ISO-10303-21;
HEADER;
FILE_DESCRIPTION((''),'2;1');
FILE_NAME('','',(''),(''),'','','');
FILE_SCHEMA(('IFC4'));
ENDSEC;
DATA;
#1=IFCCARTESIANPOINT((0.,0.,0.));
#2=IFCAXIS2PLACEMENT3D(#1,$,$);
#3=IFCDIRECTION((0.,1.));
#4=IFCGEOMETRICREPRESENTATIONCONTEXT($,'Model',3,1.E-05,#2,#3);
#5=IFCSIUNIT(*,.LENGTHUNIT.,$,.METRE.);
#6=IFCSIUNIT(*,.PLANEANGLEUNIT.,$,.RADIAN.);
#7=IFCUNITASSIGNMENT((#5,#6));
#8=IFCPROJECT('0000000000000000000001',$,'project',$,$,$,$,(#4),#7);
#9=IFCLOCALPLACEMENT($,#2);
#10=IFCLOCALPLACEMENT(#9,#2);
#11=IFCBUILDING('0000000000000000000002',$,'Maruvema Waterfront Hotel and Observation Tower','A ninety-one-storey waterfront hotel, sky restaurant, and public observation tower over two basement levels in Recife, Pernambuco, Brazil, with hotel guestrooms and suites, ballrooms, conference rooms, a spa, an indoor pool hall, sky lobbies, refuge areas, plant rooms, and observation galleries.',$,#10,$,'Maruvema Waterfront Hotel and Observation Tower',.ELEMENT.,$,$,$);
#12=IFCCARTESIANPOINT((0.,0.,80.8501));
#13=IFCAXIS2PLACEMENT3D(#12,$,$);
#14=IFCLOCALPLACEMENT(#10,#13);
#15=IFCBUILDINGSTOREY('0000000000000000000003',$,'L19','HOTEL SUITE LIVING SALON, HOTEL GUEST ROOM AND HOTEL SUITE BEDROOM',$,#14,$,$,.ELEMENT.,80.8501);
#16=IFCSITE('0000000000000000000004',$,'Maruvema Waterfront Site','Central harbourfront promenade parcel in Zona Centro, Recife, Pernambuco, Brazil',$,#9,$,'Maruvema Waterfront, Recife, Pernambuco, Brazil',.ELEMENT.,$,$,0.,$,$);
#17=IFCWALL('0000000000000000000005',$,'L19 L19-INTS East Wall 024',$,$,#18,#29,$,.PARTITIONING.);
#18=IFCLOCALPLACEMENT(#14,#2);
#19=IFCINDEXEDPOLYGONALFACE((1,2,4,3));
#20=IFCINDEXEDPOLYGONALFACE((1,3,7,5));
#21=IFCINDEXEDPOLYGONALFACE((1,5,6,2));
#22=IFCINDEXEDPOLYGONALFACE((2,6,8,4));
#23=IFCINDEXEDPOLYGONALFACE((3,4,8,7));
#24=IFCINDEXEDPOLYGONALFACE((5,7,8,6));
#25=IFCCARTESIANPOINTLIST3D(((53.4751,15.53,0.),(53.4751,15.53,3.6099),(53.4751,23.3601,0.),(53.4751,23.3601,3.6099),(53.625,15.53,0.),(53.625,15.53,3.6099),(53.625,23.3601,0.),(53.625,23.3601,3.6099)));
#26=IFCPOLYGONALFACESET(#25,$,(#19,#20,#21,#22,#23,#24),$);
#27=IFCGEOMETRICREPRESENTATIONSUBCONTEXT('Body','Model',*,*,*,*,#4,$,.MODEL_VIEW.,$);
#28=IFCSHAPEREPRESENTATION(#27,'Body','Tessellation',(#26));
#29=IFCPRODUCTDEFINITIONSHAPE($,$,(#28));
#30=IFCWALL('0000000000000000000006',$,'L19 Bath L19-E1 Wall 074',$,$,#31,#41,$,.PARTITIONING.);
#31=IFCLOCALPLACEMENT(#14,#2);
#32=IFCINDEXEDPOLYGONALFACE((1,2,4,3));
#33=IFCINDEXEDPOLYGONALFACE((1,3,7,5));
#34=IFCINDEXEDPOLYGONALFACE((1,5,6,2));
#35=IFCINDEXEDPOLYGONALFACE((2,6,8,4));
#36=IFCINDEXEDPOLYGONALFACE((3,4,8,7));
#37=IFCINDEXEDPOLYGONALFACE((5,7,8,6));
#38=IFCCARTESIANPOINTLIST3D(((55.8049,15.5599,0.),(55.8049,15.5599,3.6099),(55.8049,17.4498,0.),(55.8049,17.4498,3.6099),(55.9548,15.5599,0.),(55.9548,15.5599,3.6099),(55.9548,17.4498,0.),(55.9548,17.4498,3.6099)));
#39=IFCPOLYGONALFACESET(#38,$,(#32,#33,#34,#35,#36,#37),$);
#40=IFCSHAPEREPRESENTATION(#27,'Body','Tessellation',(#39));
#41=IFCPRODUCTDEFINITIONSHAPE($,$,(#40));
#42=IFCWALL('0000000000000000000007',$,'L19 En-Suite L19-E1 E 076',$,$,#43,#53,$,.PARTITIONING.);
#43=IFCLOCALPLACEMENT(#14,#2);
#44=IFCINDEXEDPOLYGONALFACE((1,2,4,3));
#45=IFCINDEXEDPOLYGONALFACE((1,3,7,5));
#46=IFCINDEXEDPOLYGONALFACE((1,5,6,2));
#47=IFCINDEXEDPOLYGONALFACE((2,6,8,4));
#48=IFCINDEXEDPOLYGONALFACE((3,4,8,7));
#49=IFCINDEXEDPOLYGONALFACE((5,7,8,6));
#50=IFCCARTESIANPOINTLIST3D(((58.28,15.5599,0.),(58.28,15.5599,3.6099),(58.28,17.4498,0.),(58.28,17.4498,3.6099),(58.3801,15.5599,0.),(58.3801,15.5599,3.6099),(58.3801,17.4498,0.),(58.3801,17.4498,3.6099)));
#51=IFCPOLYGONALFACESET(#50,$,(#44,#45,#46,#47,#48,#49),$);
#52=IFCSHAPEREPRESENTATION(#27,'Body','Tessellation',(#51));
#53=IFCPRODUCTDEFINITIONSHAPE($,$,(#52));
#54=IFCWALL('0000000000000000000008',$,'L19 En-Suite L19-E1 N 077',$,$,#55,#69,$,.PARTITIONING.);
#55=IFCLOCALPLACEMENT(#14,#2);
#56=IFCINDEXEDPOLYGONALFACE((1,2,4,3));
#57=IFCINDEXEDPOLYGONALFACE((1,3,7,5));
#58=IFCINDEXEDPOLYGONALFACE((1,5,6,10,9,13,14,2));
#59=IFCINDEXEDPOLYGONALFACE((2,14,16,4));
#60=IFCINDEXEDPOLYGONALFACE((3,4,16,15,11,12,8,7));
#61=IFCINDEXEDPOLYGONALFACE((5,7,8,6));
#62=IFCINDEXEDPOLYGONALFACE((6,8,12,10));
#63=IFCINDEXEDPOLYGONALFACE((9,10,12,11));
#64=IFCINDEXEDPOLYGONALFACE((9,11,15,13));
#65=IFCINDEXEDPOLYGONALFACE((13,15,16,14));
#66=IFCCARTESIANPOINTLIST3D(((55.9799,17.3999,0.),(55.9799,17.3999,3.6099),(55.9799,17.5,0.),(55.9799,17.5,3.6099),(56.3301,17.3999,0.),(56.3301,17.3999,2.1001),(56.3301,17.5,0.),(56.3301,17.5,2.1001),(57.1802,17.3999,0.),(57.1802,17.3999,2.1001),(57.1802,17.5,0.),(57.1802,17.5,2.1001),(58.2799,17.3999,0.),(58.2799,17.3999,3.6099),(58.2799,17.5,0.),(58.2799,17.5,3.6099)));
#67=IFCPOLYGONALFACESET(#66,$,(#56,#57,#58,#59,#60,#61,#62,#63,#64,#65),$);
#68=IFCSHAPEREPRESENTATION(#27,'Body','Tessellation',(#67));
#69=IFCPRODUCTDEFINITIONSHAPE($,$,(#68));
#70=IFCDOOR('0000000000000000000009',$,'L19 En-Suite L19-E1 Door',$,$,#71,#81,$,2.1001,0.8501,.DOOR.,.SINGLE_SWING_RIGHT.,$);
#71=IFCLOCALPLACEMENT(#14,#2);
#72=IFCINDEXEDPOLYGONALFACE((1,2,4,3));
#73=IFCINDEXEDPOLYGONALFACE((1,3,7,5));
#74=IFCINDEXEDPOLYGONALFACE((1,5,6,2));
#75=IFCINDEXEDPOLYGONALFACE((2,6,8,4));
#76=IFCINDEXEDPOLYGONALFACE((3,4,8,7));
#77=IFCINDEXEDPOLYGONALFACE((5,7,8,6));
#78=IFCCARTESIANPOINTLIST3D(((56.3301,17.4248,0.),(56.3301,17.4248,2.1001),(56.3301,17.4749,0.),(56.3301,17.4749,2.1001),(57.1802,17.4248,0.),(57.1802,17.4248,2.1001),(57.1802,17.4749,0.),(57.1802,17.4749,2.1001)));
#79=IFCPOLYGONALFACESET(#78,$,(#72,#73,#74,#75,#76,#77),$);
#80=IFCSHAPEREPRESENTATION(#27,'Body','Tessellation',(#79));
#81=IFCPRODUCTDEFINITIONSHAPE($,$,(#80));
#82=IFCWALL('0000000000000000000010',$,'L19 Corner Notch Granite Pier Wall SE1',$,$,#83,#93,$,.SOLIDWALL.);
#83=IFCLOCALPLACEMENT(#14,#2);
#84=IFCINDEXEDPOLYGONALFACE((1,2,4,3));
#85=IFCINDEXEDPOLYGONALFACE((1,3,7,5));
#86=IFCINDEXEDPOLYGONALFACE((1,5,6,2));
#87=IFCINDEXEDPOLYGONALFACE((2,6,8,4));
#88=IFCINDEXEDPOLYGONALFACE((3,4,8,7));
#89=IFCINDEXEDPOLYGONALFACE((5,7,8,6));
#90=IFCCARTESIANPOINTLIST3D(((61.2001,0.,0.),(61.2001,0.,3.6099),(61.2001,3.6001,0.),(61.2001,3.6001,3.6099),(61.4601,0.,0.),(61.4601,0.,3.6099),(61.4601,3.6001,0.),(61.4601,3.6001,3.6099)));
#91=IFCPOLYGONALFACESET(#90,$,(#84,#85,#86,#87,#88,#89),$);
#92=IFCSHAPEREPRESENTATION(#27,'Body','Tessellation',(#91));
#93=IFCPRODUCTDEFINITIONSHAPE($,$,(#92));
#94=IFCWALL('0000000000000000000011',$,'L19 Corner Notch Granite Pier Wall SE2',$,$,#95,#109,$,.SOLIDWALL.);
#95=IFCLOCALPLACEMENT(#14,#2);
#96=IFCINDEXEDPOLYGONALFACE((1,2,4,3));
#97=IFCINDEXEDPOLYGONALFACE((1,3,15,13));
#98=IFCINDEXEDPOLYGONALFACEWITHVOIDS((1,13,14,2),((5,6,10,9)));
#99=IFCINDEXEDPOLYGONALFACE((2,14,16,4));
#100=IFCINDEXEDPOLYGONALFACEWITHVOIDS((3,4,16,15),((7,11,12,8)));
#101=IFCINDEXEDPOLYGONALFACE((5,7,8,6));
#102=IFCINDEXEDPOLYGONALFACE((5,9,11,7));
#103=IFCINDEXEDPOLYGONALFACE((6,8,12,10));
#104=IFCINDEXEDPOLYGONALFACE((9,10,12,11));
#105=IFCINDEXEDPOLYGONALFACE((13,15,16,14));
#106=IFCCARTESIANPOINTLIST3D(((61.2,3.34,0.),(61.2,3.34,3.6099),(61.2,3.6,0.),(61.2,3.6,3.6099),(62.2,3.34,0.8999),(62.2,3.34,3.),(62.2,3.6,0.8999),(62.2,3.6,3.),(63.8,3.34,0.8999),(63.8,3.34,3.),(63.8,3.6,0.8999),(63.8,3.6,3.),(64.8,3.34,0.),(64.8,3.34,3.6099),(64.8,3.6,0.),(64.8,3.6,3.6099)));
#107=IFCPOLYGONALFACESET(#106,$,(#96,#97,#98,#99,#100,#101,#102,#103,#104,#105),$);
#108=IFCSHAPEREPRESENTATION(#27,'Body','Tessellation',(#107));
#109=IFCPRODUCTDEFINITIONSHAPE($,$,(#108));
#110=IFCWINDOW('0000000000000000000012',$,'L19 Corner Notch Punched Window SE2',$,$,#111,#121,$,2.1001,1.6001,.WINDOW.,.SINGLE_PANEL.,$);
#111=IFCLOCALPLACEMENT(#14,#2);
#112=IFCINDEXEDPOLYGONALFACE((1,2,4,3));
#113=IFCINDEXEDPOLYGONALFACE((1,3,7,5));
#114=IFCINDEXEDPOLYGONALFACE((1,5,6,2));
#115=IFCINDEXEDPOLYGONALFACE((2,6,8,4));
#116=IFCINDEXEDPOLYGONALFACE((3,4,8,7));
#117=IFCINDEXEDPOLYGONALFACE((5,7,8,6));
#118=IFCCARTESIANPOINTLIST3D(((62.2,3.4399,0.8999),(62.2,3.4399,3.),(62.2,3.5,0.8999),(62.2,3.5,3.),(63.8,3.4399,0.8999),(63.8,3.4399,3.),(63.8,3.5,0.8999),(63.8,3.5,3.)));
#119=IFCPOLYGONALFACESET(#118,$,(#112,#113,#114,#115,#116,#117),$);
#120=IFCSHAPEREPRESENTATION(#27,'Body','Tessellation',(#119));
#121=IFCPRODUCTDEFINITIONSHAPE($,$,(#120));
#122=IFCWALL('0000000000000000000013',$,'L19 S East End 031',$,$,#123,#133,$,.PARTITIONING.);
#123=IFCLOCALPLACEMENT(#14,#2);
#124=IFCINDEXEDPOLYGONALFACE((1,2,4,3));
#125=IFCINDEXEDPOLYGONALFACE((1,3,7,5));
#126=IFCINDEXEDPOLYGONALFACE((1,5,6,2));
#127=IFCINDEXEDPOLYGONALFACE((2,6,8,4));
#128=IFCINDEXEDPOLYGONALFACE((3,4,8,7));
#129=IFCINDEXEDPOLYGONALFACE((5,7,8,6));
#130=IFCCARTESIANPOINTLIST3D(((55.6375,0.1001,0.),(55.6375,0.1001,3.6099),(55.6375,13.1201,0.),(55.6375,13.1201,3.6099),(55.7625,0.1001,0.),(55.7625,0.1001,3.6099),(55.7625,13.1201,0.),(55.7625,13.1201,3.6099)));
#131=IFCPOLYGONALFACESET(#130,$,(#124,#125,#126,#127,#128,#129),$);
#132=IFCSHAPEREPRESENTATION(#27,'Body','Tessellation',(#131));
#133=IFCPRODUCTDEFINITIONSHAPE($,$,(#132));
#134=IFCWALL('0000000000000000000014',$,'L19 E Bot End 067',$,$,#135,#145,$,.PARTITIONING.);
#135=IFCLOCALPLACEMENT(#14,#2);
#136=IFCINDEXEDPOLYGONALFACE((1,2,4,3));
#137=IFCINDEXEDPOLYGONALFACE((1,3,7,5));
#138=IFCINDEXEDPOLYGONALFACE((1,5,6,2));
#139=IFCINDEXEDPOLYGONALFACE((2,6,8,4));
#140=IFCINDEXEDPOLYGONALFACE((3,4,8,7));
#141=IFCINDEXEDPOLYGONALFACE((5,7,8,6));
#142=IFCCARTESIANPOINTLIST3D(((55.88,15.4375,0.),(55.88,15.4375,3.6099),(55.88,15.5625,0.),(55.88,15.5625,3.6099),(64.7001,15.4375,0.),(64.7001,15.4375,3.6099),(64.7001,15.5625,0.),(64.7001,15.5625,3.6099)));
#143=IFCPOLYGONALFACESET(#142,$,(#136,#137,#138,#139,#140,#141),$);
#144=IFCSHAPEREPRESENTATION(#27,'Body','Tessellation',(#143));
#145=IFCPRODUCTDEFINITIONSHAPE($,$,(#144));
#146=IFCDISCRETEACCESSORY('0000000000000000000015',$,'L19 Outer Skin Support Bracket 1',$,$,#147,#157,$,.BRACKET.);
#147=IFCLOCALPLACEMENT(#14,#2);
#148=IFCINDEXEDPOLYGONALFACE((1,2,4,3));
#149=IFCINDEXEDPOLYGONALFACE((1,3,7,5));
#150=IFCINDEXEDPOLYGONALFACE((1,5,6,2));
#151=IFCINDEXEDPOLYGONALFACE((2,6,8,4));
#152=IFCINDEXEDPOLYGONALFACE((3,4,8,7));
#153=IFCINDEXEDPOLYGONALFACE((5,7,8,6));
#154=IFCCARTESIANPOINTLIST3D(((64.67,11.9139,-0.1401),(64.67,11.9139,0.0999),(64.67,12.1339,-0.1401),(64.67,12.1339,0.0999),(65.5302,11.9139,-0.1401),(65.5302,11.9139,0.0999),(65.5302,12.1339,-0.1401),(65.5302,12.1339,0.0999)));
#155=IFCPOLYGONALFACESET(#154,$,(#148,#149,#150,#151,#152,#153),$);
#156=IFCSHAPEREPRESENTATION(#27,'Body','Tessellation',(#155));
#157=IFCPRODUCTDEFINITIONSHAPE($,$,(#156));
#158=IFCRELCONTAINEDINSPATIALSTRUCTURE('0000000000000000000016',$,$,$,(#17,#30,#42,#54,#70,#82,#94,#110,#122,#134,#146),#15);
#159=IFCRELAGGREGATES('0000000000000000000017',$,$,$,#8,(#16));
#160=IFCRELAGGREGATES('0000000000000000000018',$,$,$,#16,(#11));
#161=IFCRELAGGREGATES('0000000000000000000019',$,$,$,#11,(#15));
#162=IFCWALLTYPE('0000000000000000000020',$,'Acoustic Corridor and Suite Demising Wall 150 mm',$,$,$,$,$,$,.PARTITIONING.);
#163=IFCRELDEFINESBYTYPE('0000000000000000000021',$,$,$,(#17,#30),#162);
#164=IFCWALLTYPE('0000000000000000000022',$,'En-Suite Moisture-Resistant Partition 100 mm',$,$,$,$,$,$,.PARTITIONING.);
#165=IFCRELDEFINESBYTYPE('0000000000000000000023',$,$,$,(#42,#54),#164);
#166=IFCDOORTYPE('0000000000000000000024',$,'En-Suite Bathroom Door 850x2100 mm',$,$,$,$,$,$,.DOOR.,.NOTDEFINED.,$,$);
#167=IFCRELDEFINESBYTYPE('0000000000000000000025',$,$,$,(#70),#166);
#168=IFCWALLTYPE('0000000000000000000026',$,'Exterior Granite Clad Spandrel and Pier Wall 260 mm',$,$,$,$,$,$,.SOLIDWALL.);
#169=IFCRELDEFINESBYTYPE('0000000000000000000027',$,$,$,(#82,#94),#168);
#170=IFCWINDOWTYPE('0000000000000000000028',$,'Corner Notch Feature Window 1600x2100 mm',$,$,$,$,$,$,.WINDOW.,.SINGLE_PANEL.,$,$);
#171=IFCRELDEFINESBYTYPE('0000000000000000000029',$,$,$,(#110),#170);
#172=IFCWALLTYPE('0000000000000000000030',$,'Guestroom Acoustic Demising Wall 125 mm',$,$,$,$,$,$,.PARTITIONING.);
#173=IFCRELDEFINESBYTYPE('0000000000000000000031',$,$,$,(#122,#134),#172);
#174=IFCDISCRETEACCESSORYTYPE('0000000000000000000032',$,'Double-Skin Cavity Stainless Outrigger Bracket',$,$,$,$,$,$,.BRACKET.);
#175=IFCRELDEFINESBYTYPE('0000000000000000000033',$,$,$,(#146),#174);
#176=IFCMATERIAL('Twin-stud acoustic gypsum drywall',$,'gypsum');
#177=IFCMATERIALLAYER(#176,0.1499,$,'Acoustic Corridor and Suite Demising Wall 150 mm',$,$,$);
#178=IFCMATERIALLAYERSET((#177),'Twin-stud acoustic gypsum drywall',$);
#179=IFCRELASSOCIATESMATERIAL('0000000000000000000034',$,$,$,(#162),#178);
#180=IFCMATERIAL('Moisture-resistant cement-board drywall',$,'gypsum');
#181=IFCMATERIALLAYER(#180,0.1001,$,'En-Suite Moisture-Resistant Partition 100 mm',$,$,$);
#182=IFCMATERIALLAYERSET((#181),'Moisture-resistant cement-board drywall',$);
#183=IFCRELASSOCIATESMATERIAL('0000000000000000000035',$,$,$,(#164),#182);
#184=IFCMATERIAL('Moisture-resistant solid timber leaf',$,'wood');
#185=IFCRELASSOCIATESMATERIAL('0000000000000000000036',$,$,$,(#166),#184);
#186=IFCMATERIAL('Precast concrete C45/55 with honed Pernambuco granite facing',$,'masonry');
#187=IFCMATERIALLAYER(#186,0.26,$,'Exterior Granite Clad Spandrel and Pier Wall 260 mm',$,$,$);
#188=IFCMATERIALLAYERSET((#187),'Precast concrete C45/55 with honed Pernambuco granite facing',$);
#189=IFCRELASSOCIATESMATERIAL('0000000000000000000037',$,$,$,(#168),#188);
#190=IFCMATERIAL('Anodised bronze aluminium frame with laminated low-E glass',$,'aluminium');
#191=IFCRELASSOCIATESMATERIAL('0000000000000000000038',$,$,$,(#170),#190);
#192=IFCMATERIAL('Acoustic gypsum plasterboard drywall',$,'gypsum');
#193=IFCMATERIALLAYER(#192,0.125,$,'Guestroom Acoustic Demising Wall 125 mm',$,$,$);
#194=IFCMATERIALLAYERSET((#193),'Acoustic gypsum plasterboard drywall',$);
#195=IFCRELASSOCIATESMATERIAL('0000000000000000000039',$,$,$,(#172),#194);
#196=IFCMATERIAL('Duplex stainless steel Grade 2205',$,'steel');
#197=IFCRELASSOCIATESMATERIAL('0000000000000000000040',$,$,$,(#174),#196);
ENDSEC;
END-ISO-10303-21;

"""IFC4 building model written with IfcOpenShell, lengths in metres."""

from ifc_helpers import new_model, si_unit, direction, frame, frame_2d, origin, origin_2d, place, context, subcontext, project, spatial, rectangle, extrude, material, layer, layer_set, type_object, element, fill, save


model = new_model("IFC4")

# Units and contexts
model_context = context("Model", 3, precision=1e-05, world=origin(), true_north=direction((0.0, 1.0)))
body_context = subcontext(model_context, "Body", "Model", "MODEL_VIEW")
ifc_project = project(units=[si_unit("LENGTHUNIT", "METRE"), si_unit("PLANEANGLEUNIT", "RADIAN")], contexts=[model_context])

# Site, building, storey
site_placement = place(None, origin())
site = spatial("IfcSite", under=ifc_project, at=site_placement, Name="Maruvema Waterfront Site", Description="Central harbourfront promenade parcel in Zona Centro, Recife, Pernambuco, Brazil", LongName="Maruvema Waterfront, Recife, Pernambuco, Brazil", CompositionType="ELEMENT", RefElevation=0.0)
building_placement = place(site_placement, origin())
building = spatial("IfcBuilding", under=site, at=building_placement, Name="Maruvema Waterfront Hotel and Observation Tower", Description="A ninety-one-storey waterfront hotel, sky restaurant, and public observation tower over two basement levels in Recife, Pernambuco, Brazil, with hotel guestrooms and suites, ballrooms, conference rooms, a spa, an indoor pool hall, sky lobbies, refuge areas, plant rooms, and observation galleries.", LongName="Maruvema Waterfront Hotel and Observation Tower", CompositionType="ELEMENT")
storey_placement = place(building_placement, frame((0.0, 0.0, 80.8501)))
storey = spatial("IfcBuildingStorey", under=building, at=storey_placement, Name="L19", Description="HOTEL SUITE LIVING SALON, HOTEL GUEST ROOM AND HOTEL SUITE BEDROOM", CompositionType="ELEMENT", Elevation=80.8501)

# Walls
ifc_material_1 = material(Name="Twin-stud acoustic gypsum drywall", Category="gypsum")
ifc_layer_1 = layer(ifc_material_1, 0.1499, Name="Acoustic Corridor and Suite Demising Wall 150 mm")
ifc_layer_set_1 = layer_set([ifc_layer_1], Name="Twin-stud acoustic gypsum drywall")
wall_type_1 = type_object("IfcWallType", Name="Acoustic Corridor and Suite Demising Wall 150 mm", PredefinedType="PARTITIONING", material=ifc_layer_set_1)
wall_1_placement = place(storey_placement, frame((53.55, 15.53, 0.0), z_axis=(0.0, 0.0, 1.0), x_axis=(0.0, 1.0, 0.0)))
element("IfcWall", 1, at=wall_1_placement, inside=storey, type_object=wall_type_1, Name="L19 L19-INTS East Wall 024", PredefinedType="PARTITIONING", context=body_context, shape_type="SweptSolid", body=[
    extrude(rectangle(XDim=7.8301, YDim=0.1499, at=frame_2d((3.915, 0.0))), origin(), (0.0, 0.0, 1.0), 3.6099),
])
wall_2_placement = place(storey_placement, frame((55.8799, 15.5601, 0.0), z_axis=(0.0, 0.0, 1.0), x_axis=(0.0, 1.0, 0.0)))
element("IfcWall", 2, at=wall_2_placement, inside=storey, type_object=wall_type_1, Name="L19 Bath L19-E1 Wall 074", PredefinedType="PARTITIONING", context=body_context, shape_type="SweptSolid", body=[
    extrude(rectangle(XDim=1.8899, YDim=0.1499, at=frame_2d((0.9448, 0.0))), origin(), (0.0, 0.0, 1.0), 3.6099),
])

# Wall
ifc_material_2 = material(Name="Moisture-resistant cement-board drywall", Category="gypsum")
ifc_layer_2 = layer(ifc_material_2, 0.1001, Name="En-Suite Moisture-Resistant Partition 100 mm")
ifc_layer_set_2 = layer_set([ifc_layer_2], Name="Moisture-resistant cement-board drywall")
wall_type_2 = type_object("IfcWallType", Name="En-Suite Moisture-Resistant Partition 100 mm", PredefinedType="PARTITIONING", material=ifc_layer_set_2)
wall_3_placement = place(storey_placement, frame((58.3301, 15.5601, 0.0), z_axis=(0.0, 0.0, 1.0), x_axis=(0.0, 1.0, 0.0)))
element("IfcWall", 3, at=wall_3_placement, inside=storey, type_object=wall_type_2, Name="L19 En-Suite L19-E1 E 076", PredefinedType="PARTITIONING", context=body_context, shape_type="SweptSolid", body=[
    extrude(rectangle(XDim=1.8899, YDim=0.1001, at=frame_2d((0.9448, 0.0))), origin(), (0.0, 0.0, 1.0), 3.6099),
])

# Wall, opening, door
wall_4_placement = place(storey_placement, frame((55.98, 17.45, 0.0), z_axis=(0.0, 0.0, 1.0), x_axis=(1.0, 0.0, 0.0)))
wall_4 = element("IfcWall", 4, at=wall_4_placement, inside=storey, type_object=wall_type_2, Name="L19 En-Suite L19-E1 N 077", PredefinedType="PARTITIONING", context=body_context, shape_type="SweptSolid", body=[
    extrude(rectangle(XDim=2.3, YDim=0.1001, at=frame_2d((1.1499, 0.0))), origin(), (0.0, 0.0, 1.0), 3.6099),
])
opening_1_placement = place(wall_4_placement, frame((0.3501, 0.0, 0.0)))
opening_1 = element("IfcOpeningElement", 5, at=opening_1_placement, cuts=wall_4, PredefinedType="OPENING", context=body_context, shape_type="SweptSolid", body=[
    extrude(rectangle(XDim=0.8501, YDim=2.1001, at=frame_2d((0.425, 1.05))), frame((0.0, 0.0601, 0.0), z_axis=(0.0, -1.0, 0.0), x_axis=(1.0, 0.0, 0.0)), (0.0, 0.0, 1.0), 0.1201),
])
ifc_material_3 = material(Name="Moisture-resistant solid timber leaf", Category="wood")
door_type_1 = type_object("IfcDoorType", Name="En-Suite Bathroom Door 850x2100 mm", OperationType="NOTDEFINED", PredefinedType="DOOR", material=ifc_material_3)
door_1_placement = place(opening_1_placement, origin())
door_1 = element("IfcDoor", 6, at=door_1_placement, inside=storey, type_object=door_type_1, Name="L19 En-Suite L19-E1 Door", OperationType="SINGLE_SWING_RIGHT", OverallHeight=2.1001, OverallWidth=0.8501, PredefinedType="DOOR", context=body_context, shape_type="SweptSolid", body=[
    extrude(rectangle(XDim=0.8501, YDim=2.1001, at=frame_2d((0.425, 1.05))), frame((0.0, 0.0249, 0.0), z_axis=(0.0, -1.0, 0.0), x_axis=(1.0, 0.0, 0.0)), (0.0, 0.0, 1.0), 0.05),
])
fill(opening_1, door_1)

# Wall
ifc_material_4 = material(Name="Precast concrete C45/55 with honed Pernambuco granite facing", Category="masonry")
ifc_layer_3 = layer(ifc_material_4, 0.26, Name="Exterior Granite Clad Spandrel and Pier Wall 260 mm")
ifc_layer_set_3 = layer_set([ifc_layer_3], Name="Precast concrete C45/55 with honed Pernambuco granite facing")
wall_type_3 = type_object("IfcWallType", Name="Exterior Granite Clad Spandrel and Pier Wall 260 mm", PredefinedType="SOLIDWALL", material=ifc_layer_set_3)
wall_5_placement = place(storey_placement, frame((61.3301, 3.6001, 0.0), z_axis=(0.0, 0.0, 1.0), x_axis=(0.0, -1.0, 0.0)))
element("IfcWall", 7, at=wall_5_placement, inside=storey, type_object=wall_type_3, Name="L19 Corner Notch Granite Pier Wall SE1", PredefinedType="SOLIDWALL", context=body_context, shape_type="SweptSolid", body=[
    extrude(rectangle(XDim=3.6001, YDim=0.26, at=frame_2d((1.8, 0.0))), origin(), (0.0, 0.0, 1.0), 3.6099),
])

# Wall, opening, window
wall_6_placement = place(storey_placement, frame((64.8, 3.47, 0.0), z_axis=(0.0, 0.0, 1.0), x_axis=(-1.0, 0.0, 0.0)))
wall_6 = element("IfcWall", 8, at=wall_6_placement, inside=storey, type_object=wall_type_3, Name="L19 Corner Notch Granite Pier Wall SE2", PredefinedType="SOLIDWALL", context=body_context, shape_type="SweptSolid", body=[
    extrude(rectangle(XDim=3.6001, YDim=0.26, at=frame_2d((1.8, 0.0))), origin(), (0.0, 0.0, 1.0), 3.6099),
])
opening_2_placement = place(wall_6_placement, frame((1.0, 0.0, 0.8999)))
opening_2 = element("IfcOpeningElement", 9, at=opening_2_placement, cuts=wall_6, PredefinedType="OPENING", context=body_context, shape_type="SweptSolid", body=[
    extrude(rectangle(XDim=1.6001, YDim=2.1001, at=frame_2d((0.8, 1.05))), frame((0.0, 0.1401, 0.0), z_axis=(0.0, -1.0, 0.0), x_axis=(1.0, 0.0, 0.0)), (0.0, 0.0, 1.0), 0.28),
])
ifc_material_5 = material(Name="Anodised bronze aluminium frame with laminated low-E glass", Category="aluminium")
window_type = type_object("IfcWindowType", Name="Corner Notch Feature Window 1600x2100 mm", PartitioningType="SINGLE_PANEL", PredefinedType="WINDOW", material=ifc_material_5)
window_placement = place(opening_2_placement, origin())
window = element("IfcWindow", 10, at=window_placement, inside=storey, type_object=window_type, Name="L19 Corner Notch Punched Window SE2", OverallHeight=2.1001, OverallWidth=1.6001, PartitioningType="SINGLE_PANEL", PredefinedType="WINDOW", context=body_context, shape_type="SweptSolid", body=[
    extrude(rectangle(XDim=1.6001, YDim=2.1001, at=frame_2d((0.8, 1.05))), frame((0.0, 0.03, 0.0), z_axis=(0.0, -1.0, 0.0), x_axis=(1.0, 0.0, 0.0)), (0.0, 0.0, 1.0), 0.0601),
])
fill(opening_2, window)

# Walls
ifc_material_6 = material(Name="Acoustic gypsum plasterboard drywall", Category="gypsum")
ifc_layer_4 = layer(ifc_material_6, 0.125, Name="Guestroom Acoustic Demising Wall 125 mm")
ifc_layer_set_4 = layer_set([ifc_layer_4], Name="Acoustic gypsum plasterboard drywall")
wall_type_4 = type_object("IfcWallType", Name="Guestroom Acoustic Demising Wall 125 mm", PredefinedType="PARTITIONING", material=ifc_layer_set_4)
wall_7_placement = place(storey_placement, frame((55.7, 0.1001, 0.0), z_axis=(0.0, 0.0, 1.0), x_axis=(0.0, 1.0, 0.0)))
element("IfcWall", 11, at=wall_7_placement, inside=storey, type_object=wall_type_4, Name="L19 S East End 031", PredefinedType="PARTITIONING", context=body_context, shape_type="SweptSolid", body=[
    extrude(rectangle(XDim=13.02, YDim=0.125, at=frame_2d((6.51, 0.0))), origin(), (0.0, 0.0, 1.0), 3.6099),
])
wall_8_placement = place(storey_placement, frame((55.8799, 15.5, 0.0), z_axis=(0.0, 0.0, 1.0), x_axis=(1.0, 0.0, 0.0)))
element("IfcWall", 12, at=wall_8_placement, inside=storey, type_object=wall_type_4, Name="L19 E Bot End 067", PredefinedType="PARTITIONING", context=body_context, shape_type="SweptSolid", body=[
    extrude(rectangle(XDim=8.8201, YDim=0.125, at=frame_2d((4.4102, 0.0))), origin(), (0.0, 0.0, 1.0), 3.6099),
])

# Discrete accessory
ifc_material_7 = material(Name="Duplex stainless steel Grade 2205", Category="steel")
discrete_accessory_type = type_object("IfcDiscreteAccessoryType", Name="Double-Skin Cavity Stainless Outrigger Bracket", PredefinedType="BRACKET", material=ifc_material_7)
discrete_accessory_placement = place(storey_placement, frame((65.1001, 12.0239, -0.1401), z_axis=(0.0, 0.0, 1.0), x_axis=(0.0, 1.0, 0.0)))
element("IfcDiscreteAccessory", 13, at=discrete_accessory_placement, inside=storey, type_object=discrete_accessory_type, Name="L19 Outer Skin Support Bracket 1", PredefinedType="BRACKET", context=body_context, shape_type="SweptSolid", body=[
    extrude(rectangle(XDim=0.22, YDim=0.8601, at=origin_2d()), origin(), (0.0, 0.0, 1.0), 0.24),
])

save(model, "model.ifc")
